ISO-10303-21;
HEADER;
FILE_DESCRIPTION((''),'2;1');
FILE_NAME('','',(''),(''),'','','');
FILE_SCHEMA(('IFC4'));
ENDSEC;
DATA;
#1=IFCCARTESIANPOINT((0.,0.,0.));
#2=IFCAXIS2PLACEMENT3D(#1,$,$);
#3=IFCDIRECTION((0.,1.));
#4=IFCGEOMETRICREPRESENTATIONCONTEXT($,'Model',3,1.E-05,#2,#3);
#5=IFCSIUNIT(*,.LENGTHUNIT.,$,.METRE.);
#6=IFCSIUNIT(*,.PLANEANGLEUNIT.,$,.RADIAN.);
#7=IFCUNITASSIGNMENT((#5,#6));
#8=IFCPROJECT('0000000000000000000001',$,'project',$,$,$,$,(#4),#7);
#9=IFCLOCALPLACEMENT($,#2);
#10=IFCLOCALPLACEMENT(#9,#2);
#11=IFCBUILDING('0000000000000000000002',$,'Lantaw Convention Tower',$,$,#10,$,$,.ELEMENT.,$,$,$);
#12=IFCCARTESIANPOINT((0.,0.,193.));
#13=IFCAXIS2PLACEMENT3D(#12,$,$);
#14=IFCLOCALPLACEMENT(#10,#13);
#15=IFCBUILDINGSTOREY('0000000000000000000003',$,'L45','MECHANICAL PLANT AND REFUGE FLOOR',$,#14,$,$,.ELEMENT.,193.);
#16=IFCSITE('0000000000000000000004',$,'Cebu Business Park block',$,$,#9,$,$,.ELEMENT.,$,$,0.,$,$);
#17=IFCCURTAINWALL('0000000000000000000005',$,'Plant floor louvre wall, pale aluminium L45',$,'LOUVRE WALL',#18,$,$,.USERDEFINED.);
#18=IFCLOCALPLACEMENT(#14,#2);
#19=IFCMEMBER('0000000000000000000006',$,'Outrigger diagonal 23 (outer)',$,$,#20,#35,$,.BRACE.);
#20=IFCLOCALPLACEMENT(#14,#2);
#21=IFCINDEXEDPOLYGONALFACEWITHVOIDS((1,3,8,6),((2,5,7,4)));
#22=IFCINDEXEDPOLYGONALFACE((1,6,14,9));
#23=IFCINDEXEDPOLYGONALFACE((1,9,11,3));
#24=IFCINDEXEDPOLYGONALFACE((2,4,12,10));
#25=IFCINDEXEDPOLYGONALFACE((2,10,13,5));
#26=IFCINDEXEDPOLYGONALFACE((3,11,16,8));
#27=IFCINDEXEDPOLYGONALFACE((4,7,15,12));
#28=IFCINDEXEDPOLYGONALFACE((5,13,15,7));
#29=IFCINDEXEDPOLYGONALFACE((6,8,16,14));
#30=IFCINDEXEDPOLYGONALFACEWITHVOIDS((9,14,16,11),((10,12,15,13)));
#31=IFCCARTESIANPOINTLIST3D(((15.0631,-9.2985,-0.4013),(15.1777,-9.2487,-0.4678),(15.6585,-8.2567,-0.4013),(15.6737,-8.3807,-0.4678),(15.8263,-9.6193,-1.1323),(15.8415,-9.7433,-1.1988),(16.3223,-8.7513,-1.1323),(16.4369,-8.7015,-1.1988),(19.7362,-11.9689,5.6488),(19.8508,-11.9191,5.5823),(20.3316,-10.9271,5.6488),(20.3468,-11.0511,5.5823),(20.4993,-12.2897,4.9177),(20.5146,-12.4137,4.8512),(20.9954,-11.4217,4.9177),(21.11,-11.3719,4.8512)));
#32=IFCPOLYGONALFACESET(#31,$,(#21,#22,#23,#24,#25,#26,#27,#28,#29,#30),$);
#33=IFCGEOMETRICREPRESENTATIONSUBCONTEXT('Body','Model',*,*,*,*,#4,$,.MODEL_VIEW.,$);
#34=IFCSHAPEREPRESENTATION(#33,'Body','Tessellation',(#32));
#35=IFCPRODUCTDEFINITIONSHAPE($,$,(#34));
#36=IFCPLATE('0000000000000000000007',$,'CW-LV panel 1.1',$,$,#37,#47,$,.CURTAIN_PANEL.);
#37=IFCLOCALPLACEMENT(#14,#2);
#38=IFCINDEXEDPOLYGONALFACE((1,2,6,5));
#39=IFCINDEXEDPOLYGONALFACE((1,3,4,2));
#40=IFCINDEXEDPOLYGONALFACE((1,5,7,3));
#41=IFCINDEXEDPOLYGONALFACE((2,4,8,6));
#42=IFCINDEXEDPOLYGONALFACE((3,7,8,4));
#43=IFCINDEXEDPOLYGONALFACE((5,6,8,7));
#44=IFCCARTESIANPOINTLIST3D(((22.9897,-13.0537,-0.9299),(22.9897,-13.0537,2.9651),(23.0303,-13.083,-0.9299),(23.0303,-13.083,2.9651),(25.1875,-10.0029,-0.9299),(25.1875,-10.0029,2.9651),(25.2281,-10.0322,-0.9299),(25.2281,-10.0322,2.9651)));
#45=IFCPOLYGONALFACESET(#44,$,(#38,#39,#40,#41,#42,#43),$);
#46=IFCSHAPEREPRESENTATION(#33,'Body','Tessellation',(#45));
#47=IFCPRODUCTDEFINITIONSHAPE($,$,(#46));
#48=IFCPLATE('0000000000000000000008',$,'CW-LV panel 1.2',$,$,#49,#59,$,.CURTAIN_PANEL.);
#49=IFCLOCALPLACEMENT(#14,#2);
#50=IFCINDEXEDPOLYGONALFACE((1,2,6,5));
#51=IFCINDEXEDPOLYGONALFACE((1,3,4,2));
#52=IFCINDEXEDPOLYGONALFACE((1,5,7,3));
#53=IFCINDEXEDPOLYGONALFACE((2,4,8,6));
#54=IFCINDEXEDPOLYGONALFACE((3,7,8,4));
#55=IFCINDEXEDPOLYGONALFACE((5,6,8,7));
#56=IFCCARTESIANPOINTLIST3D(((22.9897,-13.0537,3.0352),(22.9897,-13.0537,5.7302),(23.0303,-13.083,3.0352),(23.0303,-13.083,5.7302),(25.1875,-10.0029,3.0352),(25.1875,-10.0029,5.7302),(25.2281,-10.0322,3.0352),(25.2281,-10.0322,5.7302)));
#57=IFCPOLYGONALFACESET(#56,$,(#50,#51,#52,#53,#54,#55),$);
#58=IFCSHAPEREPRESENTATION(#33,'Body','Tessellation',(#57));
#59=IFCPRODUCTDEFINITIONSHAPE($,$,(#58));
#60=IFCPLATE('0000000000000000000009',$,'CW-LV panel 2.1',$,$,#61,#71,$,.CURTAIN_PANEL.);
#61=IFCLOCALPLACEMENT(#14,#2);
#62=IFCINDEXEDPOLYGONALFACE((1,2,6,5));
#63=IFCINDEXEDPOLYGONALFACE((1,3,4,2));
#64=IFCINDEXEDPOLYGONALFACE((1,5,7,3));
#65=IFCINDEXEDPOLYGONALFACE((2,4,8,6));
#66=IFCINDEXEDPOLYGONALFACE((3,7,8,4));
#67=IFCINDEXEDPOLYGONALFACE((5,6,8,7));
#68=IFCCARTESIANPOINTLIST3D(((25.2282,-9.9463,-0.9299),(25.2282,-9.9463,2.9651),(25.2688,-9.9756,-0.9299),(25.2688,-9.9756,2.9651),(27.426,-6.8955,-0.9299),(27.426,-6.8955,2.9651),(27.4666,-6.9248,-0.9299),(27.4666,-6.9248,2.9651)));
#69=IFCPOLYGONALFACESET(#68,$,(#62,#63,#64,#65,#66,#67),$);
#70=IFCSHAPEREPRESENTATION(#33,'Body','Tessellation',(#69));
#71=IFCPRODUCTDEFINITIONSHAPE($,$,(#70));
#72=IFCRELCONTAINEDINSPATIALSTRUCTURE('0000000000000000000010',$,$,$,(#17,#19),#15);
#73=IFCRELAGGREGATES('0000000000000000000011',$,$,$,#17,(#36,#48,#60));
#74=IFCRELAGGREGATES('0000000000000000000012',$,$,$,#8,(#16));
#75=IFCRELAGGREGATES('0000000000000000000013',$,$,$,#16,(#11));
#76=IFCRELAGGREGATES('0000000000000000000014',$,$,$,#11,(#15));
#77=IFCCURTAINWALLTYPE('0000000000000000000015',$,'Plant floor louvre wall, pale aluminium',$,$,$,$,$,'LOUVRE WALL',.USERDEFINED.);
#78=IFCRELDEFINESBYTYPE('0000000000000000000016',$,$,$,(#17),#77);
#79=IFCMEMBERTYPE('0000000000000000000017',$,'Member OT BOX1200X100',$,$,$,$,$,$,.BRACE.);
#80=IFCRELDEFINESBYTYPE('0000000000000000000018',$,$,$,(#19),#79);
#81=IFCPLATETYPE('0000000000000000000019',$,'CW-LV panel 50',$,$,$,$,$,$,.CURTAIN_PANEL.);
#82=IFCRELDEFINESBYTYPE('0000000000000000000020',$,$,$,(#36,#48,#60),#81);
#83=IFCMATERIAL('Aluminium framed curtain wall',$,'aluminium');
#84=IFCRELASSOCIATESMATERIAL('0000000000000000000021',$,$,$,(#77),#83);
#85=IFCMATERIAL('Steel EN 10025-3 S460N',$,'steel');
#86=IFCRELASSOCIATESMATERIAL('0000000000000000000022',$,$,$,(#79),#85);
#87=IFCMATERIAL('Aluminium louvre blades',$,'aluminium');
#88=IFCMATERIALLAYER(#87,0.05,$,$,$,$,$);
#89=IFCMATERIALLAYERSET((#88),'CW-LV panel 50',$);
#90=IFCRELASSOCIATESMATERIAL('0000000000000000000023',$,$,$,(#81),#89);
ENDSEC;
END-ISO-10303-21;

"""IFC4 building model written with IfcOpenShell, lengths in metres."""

from ifc_helpers import new_model, si_unit, direction, frame, origin, origin_2d, place, context, subcontext, project, spatial, rectangle, hollow_rectangle, extrude, material, layer, layer_set, material_profile, profile_set, type_object, element, aggregate, save


model = new_model("IFC4")

# Units and contexts
model_context = context("Model", 3, precision=1e-05, world=origin(), true_north=direction((0.0, 1.0)))
body_context = subcontext(model_context, "Body", "Model", "MODEL_VIEW")
ifc_project = project(units=[si_unit("LENGTHUNIT", "METRE"), si_unit("PLANEANGLEUNIT", "RADIAN")], contexts=[model_context])

# Site, building, storey
site_placement = place(None, origin())
site = spatial("IfcSite", under=ifc_project, at=site_placement, Name="Cebu Business Park block", CompositionType="ELEMENT", RefElevation=0.0)
building_placement = place(site_placement, origin())
building = spatial("IfcBuilding", under=site, at=building_placement, Name="Lantaw Convention Tower", CompositionType="ELEMENT")
storey_placement = place(building_placement, frame((0.0, 0.0, 193.0)))
storey = spatial("IfcBuildingStorey", under=building, at=storey_placement, Name="L45", Description="MECHANICAL PLANT AND REFUGE FLOOR", CompositionType="ELEMENT", Elevation=193.0)

# Shared definitions
ifc_material_1 = material(Name="Steel EN 10025-3 S460N", Category="steel")

# Curtain wall
ifc_material_2 = material(Name="Aluminium framed curtain wall", Category="aluminium")
curtain_wall_type = type_object("IfcCurtainWallType", Name="Plant floor louvre wall, pale aluminium", ElementType="LOUVRE WALL", PredefinedType="USERDEFINED", material=ifc_material_2)
curtain_wall_placement = place(storey_placement, origin())
curtain_wall = element("IfcCurtainWall", 1, at=curtain_wall_placement, inside=storey, type_object=curtain_wall_type, Name="Plant floor louvre wall, pale aluminium L45", ObjectType="LOUVRE WALL", PredefinedType="USERDEFINED")

# Member
ifc_material_profile_1 = material_profile(ifc_material_1, hollow_rectangle(XDim=1.2, YDim=1.2, WallThickness=0.1001, at=origin_2d()), Name="BOX1200X100")
ifc_profile_set_1 = profile_set([ifc_material_profile_1], Name="Steel EN 10025-3 S460N")
member_type_1 = type_object("IfcMemberType", Name="Member OT BOX1200X100", PredefinedType="BRACE", material=ifc_profile_set_1)
member_1_placement = place(storey_placement, frame((15.75, -9.0, -0.8), z_axis=(0.577093, -0.329776, 0.747136), x_axis=(0.496149, 0.868238, 0.0)))
element("IfcMember", 2, at=member_1_placement, inside=storey, type_object=member_type_1, Name="Outrigger diagonal 23 (outer)", PredefinedType="BRACE", context=body_context, shape_type="SweptSolid", body=[
    extrude(hollow_rectangle(XDim=1.2, YDim=1.2, WallThickness=0.1001, at=origin_2d()), origin(), (0.0, 0.0, 1.0), 8.0977),
])

# Plates
ifc_material_3 = material(Name="Aluminium louvre blades", Category="aluminium")
ifc_layer = layer(ifc_material_3, 0.05)
ifc_layer_set = layer_set([ifc_layer], Name="CW-LV panel 50")
plate_type = type_object("IfcPlateType", Name="CW-LV panel 50", PredefinedType="CURTAIN_PANEL", material=ifc_layer_set)
plate_1_placement = place(storey_placement, frame((24.1089, -11.543, -0.9299), z_axis=(0.0, 0.0, 1.0), x_axis=(0.584513, 0.811385, 0.0)))
plate_1 = element("IfcPlate", 3, at=plate_1_placement, type_object=plate_type, Name="CW-LV panel 1.1", PredefinedType="CURTAIN_PANEL", context=body_context, shape_type="SweptSolid", body=[
    extrude(rectangle(XDim=3.76, YDim=0.05, at=origin_2d()), origin(), (0.0, 0.0, 1.0), 3.895),
])
plate_2_placement = place(storey_placement, frame((24.1089, -11.543, 3.0352), z_axis=(0.0, 0.0, 1.0), x_axis=(0.584513, 0.811385, 0.0)))
plate_2 = element("IfcPlate", 4, at=plate_2_placement, type_object=plate_type, Name="CW-LV panel 1.2", PredefinedType="CURTAIN_PANEL", context=body_context, shape_type="SweptSolid", body=[
    extrude(rectangle(XDim=3.76, YDim=0.05, at=origin_2d()), origin(), (0.0, 0.0, 1.0), 2.6951),
])
plate_3_placement = place(storey_placement, frame((26.3474, -8.4355, -0.9299), z_axis=(0.0, 0.0, 1.0), x_axis=(0.584513, 0.811385, 0.0)))
plate_3 = element("IfcPlate", 5, at=plate_3_placement, type_object=plate_type, Name="CW-LV panel 2.1", PredefinedType="CURTAIN_PANEL", context=body_context, shape_type="SweptSolid", body=[
    extrude(rectangle(XDim=3.76, YDim=0.05, at=origin_2d()), origin(), (0.0, 0.0, 1.0), 3.895),
])
aggregate(curtain_wall, [plate_1, plate_2, plate_3])

save(model, "model.ifc")
